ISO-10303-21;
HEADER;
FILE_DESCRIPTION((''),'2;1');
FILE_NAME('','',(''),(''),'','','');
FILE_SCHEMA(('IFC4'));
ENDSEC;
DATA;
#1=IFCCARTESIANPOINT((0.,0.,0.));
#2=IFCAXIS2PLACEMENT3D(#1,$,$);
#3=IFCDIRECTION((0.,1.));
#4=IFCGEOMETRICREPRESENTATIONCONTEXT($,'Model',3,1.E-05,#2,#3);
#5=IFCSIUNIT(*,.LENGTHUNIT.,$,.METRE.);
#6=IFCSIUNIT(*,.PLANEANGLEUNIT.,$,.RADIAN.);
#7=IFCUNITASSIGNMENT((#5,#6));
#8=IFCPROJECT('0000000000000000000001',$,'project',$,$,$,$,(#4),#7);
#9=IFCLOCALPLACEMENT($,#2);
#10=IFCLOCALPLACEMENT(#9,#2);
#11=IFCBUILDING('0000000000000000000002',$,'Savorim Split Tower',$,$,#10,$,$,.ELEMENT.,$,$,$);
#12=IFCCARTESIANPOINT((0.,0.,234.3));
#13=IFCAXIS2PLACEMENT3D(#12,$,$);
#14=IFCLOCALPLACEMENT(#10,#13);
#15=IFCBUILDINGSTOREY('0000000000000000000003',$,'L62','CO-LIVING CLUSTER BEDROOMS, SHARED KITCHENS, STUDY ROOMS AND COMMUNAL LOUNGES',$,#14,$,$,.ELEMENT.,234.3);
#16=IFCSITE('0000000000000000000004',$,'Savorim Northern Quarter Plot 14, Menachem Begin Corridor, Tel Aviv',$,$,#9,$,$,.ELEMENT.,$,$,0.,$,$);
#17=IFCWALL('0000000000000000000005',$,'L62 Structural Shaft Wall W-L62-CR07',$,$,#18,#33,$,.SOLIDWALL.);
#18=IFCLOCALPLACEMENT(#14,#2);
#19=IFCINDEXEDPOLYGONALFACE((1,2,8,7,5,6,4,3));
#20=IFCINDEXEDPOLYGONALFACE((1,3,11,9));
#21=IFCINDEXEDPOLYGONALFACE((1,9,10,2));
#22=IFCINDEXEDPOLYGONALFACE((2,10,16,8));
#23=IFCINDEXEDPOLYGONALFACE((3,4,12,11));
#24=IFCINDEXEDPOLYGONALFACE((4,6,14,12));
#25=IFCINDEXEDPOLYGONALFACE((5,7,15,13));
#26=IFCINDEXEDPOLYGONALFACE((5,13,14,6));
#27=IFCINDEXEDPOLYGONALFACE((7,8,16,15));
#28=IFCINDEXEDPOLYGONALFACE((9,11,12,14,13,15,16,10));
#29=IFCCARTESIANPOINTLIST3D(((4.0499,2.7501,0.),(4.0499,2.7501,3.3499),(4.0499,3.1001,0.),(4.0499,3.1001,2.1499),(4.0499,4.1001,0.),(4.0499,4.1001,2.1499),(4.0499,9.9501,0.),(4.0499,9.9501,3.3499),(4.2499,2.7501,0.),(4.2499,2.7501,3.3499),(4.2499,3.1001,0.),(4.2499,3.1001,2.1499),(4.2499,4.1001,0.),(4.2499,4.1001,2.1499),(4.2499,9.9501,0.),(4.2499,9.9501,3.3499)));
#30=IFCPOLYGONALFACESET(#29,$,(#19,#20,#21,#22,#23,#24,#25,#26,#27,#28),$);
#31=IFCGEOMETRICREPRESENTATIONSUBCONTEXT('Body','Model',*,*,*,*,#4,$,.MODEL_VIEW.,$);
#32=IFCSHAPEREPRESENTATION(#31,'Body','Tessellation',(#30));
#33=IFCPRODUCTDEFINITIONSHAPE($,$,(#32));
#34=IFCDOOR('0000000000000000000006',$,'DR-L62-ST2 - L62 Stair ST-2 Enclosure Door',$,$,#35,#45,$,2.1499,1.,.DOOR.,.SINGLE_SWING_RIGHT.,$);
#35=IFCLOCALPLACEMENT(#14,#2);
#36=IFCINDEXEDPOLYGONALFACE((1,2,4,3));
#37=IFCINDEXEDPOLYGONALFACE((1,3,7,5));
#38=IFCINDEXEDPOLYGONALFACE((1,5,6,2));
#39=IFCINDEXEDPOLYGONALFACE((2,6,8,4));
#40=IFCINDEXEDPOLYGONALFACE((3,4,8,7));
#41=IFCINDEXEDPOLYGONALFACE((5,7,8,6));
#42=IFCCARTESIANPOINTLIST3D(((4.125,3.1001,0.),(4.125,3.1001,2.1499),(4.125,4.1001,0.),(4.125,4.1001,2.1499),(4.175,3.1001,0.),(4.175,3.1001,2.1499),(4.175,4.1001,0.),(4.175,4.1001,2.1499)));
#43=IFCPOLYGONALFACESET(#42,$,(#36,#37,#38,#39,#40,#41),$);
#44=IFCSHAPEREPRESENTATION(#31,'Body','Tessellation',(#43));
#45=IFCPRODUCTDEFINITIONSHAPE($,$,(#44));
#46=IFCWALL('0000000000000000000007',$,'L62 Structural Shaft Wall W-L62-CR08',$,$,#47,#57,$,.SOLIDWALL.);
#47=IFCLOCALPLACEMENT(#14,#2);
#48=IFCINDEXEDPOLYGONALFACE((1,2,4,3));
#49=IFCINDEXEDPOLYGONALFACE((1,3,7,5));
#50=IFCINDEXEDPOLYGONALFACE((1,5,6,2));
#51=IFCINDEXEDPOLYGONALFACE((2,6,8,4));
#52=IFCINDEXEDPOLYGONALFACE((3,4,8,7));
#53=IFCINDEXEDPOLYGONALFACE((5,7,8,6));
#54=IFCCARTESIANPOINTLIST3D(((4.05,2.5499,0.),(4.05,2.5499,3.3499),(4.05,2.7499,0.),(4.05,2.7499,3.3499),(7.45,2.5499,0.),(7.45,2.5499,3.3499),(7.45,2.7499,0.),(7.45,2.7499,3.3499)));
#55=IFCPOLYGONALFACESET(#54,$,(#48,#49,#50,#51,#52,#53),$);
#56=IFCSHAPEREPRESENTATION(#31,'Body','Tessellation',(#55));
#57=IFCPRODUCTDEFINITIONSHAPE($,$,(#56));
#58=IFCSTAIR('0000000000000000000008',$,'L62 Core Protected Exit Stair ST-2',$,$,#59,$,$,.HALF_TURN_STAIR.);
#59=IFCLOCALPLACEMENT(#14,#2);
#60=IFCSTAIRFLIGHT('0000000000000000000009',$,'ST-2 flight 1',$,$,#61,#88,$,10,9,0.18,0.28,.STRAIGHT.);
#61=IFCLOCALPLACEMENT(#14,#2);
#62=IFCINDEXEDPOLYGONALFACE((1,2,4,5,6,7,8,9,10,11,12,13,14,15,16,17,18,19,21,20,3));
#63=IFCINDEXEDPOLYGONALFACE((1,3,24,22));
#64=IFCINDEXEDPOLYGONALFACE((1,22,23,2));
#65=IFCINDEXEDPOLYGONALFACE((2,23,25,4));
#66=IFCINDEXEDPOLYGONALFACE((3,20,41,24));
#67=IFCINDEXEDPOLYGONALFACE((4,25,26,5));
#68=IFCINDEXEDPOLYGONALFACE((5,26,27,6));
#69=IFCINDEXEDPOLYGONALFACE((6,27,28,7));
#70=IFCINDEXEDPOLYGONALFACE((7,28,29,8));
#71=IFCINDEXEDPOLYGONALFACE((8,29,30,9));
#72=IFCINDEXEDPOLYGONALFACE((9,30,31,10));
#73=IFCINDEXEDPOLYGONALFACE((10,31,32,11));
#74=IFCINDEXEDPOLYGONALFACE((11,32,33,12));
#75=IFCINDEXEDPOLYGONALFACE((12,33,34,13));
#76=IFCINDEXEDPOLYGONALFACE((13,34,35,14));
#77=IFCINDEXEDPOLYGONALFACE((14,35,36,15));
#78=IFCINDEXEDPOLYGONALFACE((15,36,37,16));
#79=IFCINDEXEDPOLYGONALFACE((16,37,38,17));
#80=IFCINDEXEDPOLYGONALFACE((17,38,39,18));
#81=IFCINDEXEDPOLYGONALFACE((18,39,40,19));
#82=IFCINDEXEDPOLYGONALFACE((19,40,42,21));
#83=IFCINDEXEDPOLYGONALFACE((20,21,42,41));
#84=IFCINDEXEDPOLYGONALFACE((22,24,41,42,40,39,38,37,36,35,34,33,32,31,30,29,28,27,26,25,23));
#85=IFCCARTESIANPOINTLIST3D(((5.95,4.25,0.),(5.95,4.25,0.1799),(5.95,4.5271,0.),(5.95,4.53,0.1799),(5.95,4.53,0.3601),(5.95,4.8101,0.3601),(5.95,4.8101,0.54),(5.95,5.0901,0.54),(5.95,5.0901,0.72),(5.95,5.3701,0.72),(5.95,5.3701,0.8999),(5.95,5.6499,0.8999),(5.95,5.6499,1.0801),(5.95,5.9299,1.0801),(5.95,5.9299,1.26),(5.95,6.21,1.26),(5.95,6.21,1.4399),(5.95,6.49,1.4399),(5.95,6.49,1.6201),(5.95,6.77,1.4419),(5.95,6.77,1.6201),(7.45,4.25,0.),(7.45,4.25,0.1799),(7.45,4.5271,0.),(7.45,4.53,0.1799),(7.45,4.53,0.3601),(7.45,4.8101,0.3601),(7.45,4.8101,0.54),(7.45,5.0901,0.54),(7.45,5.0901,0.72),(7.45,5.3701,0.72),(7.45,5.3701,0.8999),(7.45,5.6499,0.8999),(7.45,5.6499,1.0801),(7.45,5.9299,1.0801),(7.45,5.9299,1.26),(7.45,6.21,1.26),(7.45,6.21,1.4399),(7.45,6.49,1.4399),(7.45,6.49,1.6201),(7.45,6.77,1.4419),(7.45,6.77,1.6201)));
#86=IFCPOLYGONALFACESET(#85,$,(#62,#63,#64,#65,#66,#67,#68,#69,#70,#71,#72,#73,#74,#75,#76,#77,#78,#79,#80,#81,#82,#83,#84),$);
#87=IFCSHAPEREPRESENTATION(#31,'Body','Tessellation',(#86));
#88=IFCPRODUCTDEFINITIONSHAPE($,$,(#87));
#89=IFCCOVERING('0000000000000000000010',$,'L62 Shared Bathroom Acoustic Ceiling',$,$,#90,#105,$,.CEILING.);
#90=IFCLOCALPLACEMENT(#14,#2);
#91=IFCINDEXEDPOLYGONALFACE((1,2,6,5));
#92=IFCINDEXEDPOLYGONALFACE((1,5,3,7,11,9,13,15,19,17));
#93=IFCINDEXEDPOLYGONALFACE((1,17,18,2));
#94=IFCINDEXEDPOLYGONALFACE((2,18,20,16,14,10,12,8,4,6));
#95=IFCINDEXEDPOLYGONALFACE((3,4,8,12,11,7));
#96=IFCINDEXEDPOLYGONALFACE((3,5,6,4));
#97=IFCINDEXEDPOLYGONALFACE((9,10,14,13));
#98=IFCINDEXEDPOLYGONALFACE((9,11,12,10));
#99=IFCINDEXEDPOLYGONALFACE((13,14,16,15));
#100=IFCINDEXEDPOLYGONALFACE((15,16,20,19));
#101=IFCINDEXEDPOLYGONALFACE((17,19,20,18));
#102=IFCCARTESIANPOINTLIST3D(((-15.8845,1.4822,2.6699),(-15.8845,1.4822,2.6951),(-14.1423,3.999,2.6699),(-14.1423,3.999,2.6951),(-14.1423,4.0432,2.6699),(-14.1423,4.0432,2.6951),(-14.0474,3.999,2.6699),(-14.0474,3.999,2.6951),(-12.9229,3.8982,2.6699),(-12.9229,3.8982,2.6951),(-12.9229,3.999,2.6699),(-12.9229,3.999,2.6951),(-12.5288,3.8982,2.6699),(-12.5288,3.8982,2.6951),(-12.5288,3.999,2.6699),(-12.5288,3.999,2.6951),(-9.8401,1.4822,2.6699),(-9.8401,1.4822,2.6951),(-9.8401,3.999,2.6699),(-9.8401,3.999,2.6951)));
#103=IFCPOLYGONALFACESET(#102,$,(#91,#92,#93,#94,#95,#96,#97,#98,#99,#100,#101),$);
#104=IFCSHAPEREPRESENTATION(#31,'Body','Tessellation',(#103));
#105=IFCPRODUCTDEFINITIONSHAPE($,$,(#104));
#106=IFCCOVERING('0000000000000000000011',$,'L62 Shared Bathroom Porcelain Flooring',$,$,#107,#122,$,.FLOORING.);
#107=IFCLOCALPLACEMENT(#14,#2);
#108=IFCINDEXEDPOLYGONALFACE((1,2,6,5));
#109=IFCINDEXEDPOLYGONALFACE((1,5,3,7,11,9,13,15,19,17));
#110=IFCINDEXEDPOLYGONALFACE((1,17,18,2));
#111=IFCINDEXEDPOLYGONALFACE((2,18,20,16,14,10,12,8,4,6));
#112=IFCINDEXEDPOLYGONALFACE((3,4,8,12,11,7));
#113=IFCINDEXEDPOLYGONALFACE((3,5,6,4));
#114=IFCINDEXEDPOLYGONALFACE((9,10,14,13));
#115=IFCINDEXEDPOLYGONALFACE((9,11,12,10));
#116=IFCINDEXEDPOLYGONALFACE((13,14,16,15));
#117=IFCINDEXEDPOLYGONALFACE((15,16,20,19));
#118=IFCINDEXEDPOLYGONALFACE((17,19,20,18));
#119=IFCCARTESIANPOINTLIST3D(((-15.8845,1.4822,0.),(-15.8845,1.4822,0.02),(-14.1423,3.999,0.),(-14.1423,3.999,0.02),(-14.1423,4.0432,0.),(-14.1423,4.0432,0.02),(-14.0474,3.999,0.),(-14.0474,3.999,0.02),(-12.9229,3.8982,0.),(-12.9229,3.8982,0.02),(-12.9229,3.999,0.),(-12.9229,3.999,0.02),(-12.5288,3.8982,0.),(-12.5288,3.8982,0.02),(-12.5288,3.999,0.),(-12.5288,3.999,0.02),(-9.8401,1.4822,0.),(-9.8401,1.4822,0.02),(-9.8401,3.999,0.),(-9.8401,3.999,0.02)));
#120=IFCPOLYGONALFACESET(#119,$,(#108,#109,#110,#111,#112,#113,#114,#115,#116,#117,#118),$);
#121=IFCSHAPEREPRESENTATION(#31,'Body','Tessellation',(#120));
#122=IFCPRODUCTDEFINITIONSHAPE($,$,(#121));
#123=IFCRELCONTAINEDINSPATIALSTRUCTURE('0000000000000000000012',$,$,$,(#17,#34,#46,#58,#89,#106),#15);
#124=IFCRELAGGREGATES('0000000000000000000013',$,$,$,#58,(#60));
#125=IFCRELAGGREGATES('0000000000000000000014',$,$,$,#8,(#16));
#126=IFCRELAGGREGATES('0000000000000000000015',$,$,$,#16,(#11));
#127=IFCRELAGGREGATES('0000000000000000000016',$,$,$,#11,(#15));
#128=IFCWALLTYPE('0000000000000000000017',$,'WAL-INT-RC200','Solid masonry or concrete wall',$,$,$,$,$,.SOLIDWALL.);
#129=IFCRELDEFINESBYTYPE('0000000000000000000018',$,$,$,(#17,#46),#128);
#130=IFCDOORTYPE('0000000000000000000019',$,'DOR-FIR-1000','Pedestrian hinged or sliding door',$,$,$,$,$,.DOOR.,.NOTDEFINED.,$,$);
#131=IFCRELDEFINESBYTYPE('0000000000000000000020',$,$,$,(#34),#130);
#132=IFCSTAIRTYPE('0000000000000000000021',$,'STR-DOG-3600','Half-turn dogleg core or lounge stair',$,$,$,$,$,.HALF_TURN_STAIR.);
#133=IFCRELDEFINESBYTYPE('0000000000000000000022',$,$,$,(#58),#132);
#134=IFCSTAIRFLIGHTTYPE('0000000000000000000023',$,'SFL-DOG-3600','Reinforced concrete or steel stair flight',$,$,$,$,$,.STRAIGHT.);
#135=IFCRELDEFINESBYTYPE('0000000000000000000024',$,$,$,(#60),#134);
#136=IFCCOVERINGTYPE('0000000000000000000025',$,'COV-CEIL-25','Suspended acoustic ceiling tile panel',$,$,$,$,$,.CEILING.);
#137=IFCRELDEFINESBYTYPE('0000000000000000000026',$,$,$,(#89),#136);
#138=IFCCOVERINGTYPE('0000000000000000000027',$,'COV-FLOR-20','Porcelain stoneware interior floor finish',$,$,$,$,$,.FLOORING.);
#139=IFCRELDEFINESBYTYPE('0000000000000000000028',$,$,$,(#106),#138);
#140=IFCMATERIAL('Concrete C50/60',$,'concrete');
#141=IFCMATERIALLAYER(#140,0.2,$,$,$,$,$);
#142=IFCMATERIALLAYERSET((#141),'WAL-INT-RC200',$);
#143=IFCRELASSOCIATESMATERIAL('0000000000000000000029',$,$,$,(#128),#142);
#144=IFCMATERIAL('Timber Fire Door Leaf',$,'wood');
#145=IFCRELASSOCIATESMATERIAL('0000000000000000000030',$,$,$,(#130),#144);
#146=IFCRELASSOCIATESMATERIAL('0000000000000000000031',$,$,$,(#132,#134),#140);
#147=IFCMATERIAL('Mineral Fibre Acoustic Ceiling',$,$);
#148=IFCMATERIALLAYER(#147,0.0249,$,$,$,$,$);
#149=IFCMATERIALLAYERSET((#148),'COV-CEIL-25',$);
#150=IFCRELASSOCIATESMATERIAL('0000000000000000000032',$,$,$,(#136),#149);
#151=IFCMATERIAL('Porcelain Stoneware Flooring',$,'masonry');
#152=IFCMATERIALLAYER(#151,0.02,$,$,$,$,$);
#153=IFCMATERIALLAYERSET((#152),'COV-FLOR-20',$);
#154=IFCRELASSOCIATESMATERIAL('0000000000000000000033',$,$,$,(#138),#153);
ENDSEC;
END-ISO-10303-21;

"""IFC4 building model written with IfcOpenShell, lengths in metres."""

from ifc_helpers import new_model, si_unit, direction, frame, frame_2d, origin, place, context, subcontext, project, spatial, polyline, rectangle, outline, extrude, material, layer, layer_set, type_object, element, fill, aggregate, save


model = new_model("IFC4")

# Units and contexts
model_context = context("Model", 3, precision=1e-05, world=origin(), true_north=direction((0.0, 1.0)))
body_context = subcontext(model_context, "Body", "Model", "MODEL_VIEW")
ifc_project = project(units=[si_unit("LENGTHUNIT", "METRE"), si_unit("PLANEANGLEUNIT", "RADIAN")], contexts=[model_context])

# Site, building, storey
site_placement = place(None, origin())
site = spatial("IfcSite", under=ifc_project, at=site_placement, Name="Savorim Northern Quarter Plot 14, Menachem Begin Corridor, Tel Aviv", CompositionType="ELEMENT", RefElevation=0.0)
building_placement = place(site_placement, origin())
building = spatial("IfcBuilding", under=site, at=building_placement, Name="Savorim Split Tower", CompositionType="ELEMENT")
storey_placement = place(building_placement, frame((0.0, 0.0, 234.3)))
storey = spatial("IfcBuildingStorey", under=building, at=storey_placement, Name="L62", Description="CO-LIVING CLUSTER BEDROOMS, SHARED KITCHENS, STUDY ROOMS AND COMMUNAL LOUNGES", CompositionType="ELEMENT", Elevation=234.3)

# Wall, opening, door
ifc_material_1 = material(Name="Concrete C50/60", Category="concrete")
ifc_layer_1 = layer(ifc_material_1, 0.2)
ifc_layer_set_1 = layer_set([ifc_layer_1], Name="WAL-INT-RC200")
wall_type = type_object("IfcWallType", Name="WAL-INT-RC200", Description="Solid masonry or concrete wall", PredefinedType="SOLIDWALL", material=ifc_layer_set_1)
wall_1_placement = place(storey_placement, frame((4.1499, 2.75, 0.0), z_axis=(0.0, 0.0, 1.0), x_axis=(0.0, 1.0, 0.0)))
wall_1 = element("IfcWall", 1, at=wall_1_placement, inside=storey, type_object=wall_type, Name="L62 Structural Shaft Wall W-L62-CR07", PredefinedType="SOLIDWALL", context=body_context, shape_type="SweptSolid", body=[
    extrude(rectangle(XDim=7.2, YDim=0.2, at=frame_2d((3.6001, 0.0))), origin(), (0.0, 0.0, 1.0), 3.3499),
])
opening_1_placement = place(wall_1_placement, frame((0.3501, 0.0, 0.0)))
opening_1 = element("IfcOpeningElement", 2, at=opening_1_placement, cuts=wall_1, PredefinedType="OPENING", context=body_context, shape_type="SweptSolid", body=[
    extrude(rectangle(XDim=1.0, YDim=2.1499, at=frame_2d((0.5, 1.075))), frame((0.0, 0.1099, 0.0), z_axis=(0.0, -1.0, 0.0), x_axis=(1.0, 0.0, 0.0)), (0.0, 0.0, 1.0), 0.22),
])
ifc_material_2 = material(Name="Timber Fire Door Leaf", Category="wood")
door_type_1 = type_object("IfcDoorType", Name="DOR-FIR-1000", Description="Pedestrian hinged or sliding door", OperationType="NOTDEFINED", PredefinedType="DOOR", material=ifc_material_2)
door_1_placement = place(opening_1_placement, origin())
door_1 = element("IfcDoor", 3, at=door_1_placement, inside=storey, type_object=door_type_1, Name="DR-L62-ST2 - L62 Stair ST-2 Enclosure Door", OperationType="SINGLE_SWING_RIGHT", OverallHeight=2.1499, OverallWidth=1.0, PredefinedType="DOOR", context=body_context, shape_type="SweptSolid", body=[
    extrude(rectangle(XDim=1.0, YDim=2.1499, at=frame_2d((0.5, 1.075))), frame((0.0, 0.0249, 0.0), z_axis=(0.0, -1.0, 0.0), x_axis=(1.0, 0.0, 0.0)), (0.0, 0.0, 1.0), 0.05),
])
fill(opening_1, door_1)

# Wall
wall_2_placement = place(storey_placement, frame((4.05, 2.6499, 0.0), z_axis=(0.0, 0.0, 1.0), x_axis=(1.0, 0.0, 0.0)))
element("IfcWall", 4, at=wall_2_placement, inside=storey, type_object=wall_type, Name="L62 Structural Shaft Wall W-L62-CR08", PredefinedType="SOLIDWALL", context=body_context, shape_type="SweptSolid", body=[
    extrude(rectangle(XDim=3.3999, YDim=0.2, at=frame_2d((1.7, 0.0))), origin(), (0.0, 0.0, 1.0), 3.3499),
])

# Stair, stair flight
stair_type = type_object("IfcStairType", Name="STR-DOG-3600", Description="Half-turn dogleg core or lounge stair", PredefinedType="HALF_TURN_STAIR", material=ifc_material_1)
stair_placement = place(storey_placement, origin())
stair = element("IfcStair", 5, at=stair_placement, inside=storey, type_object=stair_type, Name="L62 Core Protected Exit Stair ST-2", PredefinedType="HALF_TURN_STAIR")
stair_flight_type = type_object("IfcStairFlightType", Name="SFL-DOG-3600", Description="Reinforced concrete or steel stair flight", PredefinedType="STRAIGHT", material=ifc_material_1)
stair_flight_placement = place(storey_placement, frame((6.7, 4.25, 0.0), z_axis=(0.0, 0.0, 1.0), x_axis=(0.0, 1.0, 0.0)))
stair_flight = element("IfcStairFlight", 6, at=stair_flight_placement, type_object=stair_flight_type, Name="ST-2 flight 1", NumberOfRisers=10, NumberOfTreads=9, PredefinedType="STRAIGHT", RiserHeight=0.18, TreadLength=0.28, context=body_context, shape_type="SweptSolid", body=[
    extrude(outline(polyline([(0.0, 0.0), (0.0, 0.1799), (0.28, 0.1799), (0.28, 0.3601), (0.5601, 0.3601), (0.5601, 0.54), (0.8401, 0.54), (0.8401, 0.72), (1.1201, 0.72), (1.1201, 0.8999), (1.3999, 0.8999), (1.3999, 1.0801), (1.6799, 1.0801), (1.6799, 1.26), (1.96, 1.26), (1.96, 1.4399), (2.24, 1.4399), (2.24, 1.6201), (2.52, 1.6201), (2.52, 1.8), (2.52, 1.4419), (0.2771, 0.0), (0.0, 0.0)])), frame((0.0, 0.75, 0.0), z_axis=(0.0, -1.0, 0.0), x_axis=(1.0, 0.0, 0.0)), (0.0, 0.0, 1.0), 1.5),
])
aggregate(stair, [stair_flight])

# Coverings
ifc_material_3 = material(Name="Mineral Fibre Acoustic Ceiling")
ifc_layer_2 = layer(ifc_material_3, 0.0249)
ifc_layer_set_2 = layer_set([ifc_layer_2], Name="COV-CEIL-25")
covering_type_1 = type_object("IfcCoveringType", Name="COV-CEIL-25", Description="Suspended acoustic ceiling tile panel", PredefinedType="CEILING", material=ifc_layer_set_2)
covering_1_placement = place(storey_placement, frame((0.0, 0.0, 2.6699)))
element("IfcCovering", 7, at=covering_1_placement, inside=storey, type_object=covering_type_1, Name="L62 Shared Bathroom Acoustic Ceiling", PredefinedType="CEILING", context=body_context, shape_type="SweptSolid", body=[
    extrude(outline(polyline([(-12.9229, 3.999), (-14.0474, 3.999), (-14.1423, 3.999), (-14.1423, 4.0432), (-15.8845, 1.4822), (-9.8401, 1.4822), (-9.8401, 3.999), (-12.5288, 3.999), (-12.5288, 3.8982), (-12.9229, 3.8982), (-12.9229, 3.999)])), origin(), (0.0, 0.0, 1.0), 0.0251),
])
ifc_material_4 = material(Name="Porcelain Stoneware Flooring", Category="masonry")
ifc_layer_3 = layer(ifc_material_4, 0.02)
ifc_layer_set_3 = layer_set([ifc_layer_3], Name="COV-FLOR-20")
covering_type_2 = type_object("IfcCoveringType", Name="COV-FLOR-20", Description="Porcelain stoneware interior floor finish", PredefinedType="FLOORING", material=ifc_layer_set_3)
covering_2_placement = place(storey_placement, origin())
element("IfcCovering", 8, at=covering_2_placement, inside=storey, type_object=covering_type_2, Name="L62 Shared Bathroom Porcelain Flooring", PredefinedType="FLOORING", context=body_context, shape_type="SweptSolid", body=[
    extrude(outline(polyline([(-12.9229, 3.999), (-14.0474, 3.999), (-14.1423, 3.999), (-14.1423, 4.0432), (-15.8845, 1.4822), (-9.8401, 1.4822), (-9.8401, 3.999), (-12.5288, 3.999), (-12.5288, 3.8982), (-12.9229, 3.8982), (-12.9229, 3.999)])), origin(), (0.0, 0.0, 1.0), 0.02),
])

save(model, "model.ifc")
